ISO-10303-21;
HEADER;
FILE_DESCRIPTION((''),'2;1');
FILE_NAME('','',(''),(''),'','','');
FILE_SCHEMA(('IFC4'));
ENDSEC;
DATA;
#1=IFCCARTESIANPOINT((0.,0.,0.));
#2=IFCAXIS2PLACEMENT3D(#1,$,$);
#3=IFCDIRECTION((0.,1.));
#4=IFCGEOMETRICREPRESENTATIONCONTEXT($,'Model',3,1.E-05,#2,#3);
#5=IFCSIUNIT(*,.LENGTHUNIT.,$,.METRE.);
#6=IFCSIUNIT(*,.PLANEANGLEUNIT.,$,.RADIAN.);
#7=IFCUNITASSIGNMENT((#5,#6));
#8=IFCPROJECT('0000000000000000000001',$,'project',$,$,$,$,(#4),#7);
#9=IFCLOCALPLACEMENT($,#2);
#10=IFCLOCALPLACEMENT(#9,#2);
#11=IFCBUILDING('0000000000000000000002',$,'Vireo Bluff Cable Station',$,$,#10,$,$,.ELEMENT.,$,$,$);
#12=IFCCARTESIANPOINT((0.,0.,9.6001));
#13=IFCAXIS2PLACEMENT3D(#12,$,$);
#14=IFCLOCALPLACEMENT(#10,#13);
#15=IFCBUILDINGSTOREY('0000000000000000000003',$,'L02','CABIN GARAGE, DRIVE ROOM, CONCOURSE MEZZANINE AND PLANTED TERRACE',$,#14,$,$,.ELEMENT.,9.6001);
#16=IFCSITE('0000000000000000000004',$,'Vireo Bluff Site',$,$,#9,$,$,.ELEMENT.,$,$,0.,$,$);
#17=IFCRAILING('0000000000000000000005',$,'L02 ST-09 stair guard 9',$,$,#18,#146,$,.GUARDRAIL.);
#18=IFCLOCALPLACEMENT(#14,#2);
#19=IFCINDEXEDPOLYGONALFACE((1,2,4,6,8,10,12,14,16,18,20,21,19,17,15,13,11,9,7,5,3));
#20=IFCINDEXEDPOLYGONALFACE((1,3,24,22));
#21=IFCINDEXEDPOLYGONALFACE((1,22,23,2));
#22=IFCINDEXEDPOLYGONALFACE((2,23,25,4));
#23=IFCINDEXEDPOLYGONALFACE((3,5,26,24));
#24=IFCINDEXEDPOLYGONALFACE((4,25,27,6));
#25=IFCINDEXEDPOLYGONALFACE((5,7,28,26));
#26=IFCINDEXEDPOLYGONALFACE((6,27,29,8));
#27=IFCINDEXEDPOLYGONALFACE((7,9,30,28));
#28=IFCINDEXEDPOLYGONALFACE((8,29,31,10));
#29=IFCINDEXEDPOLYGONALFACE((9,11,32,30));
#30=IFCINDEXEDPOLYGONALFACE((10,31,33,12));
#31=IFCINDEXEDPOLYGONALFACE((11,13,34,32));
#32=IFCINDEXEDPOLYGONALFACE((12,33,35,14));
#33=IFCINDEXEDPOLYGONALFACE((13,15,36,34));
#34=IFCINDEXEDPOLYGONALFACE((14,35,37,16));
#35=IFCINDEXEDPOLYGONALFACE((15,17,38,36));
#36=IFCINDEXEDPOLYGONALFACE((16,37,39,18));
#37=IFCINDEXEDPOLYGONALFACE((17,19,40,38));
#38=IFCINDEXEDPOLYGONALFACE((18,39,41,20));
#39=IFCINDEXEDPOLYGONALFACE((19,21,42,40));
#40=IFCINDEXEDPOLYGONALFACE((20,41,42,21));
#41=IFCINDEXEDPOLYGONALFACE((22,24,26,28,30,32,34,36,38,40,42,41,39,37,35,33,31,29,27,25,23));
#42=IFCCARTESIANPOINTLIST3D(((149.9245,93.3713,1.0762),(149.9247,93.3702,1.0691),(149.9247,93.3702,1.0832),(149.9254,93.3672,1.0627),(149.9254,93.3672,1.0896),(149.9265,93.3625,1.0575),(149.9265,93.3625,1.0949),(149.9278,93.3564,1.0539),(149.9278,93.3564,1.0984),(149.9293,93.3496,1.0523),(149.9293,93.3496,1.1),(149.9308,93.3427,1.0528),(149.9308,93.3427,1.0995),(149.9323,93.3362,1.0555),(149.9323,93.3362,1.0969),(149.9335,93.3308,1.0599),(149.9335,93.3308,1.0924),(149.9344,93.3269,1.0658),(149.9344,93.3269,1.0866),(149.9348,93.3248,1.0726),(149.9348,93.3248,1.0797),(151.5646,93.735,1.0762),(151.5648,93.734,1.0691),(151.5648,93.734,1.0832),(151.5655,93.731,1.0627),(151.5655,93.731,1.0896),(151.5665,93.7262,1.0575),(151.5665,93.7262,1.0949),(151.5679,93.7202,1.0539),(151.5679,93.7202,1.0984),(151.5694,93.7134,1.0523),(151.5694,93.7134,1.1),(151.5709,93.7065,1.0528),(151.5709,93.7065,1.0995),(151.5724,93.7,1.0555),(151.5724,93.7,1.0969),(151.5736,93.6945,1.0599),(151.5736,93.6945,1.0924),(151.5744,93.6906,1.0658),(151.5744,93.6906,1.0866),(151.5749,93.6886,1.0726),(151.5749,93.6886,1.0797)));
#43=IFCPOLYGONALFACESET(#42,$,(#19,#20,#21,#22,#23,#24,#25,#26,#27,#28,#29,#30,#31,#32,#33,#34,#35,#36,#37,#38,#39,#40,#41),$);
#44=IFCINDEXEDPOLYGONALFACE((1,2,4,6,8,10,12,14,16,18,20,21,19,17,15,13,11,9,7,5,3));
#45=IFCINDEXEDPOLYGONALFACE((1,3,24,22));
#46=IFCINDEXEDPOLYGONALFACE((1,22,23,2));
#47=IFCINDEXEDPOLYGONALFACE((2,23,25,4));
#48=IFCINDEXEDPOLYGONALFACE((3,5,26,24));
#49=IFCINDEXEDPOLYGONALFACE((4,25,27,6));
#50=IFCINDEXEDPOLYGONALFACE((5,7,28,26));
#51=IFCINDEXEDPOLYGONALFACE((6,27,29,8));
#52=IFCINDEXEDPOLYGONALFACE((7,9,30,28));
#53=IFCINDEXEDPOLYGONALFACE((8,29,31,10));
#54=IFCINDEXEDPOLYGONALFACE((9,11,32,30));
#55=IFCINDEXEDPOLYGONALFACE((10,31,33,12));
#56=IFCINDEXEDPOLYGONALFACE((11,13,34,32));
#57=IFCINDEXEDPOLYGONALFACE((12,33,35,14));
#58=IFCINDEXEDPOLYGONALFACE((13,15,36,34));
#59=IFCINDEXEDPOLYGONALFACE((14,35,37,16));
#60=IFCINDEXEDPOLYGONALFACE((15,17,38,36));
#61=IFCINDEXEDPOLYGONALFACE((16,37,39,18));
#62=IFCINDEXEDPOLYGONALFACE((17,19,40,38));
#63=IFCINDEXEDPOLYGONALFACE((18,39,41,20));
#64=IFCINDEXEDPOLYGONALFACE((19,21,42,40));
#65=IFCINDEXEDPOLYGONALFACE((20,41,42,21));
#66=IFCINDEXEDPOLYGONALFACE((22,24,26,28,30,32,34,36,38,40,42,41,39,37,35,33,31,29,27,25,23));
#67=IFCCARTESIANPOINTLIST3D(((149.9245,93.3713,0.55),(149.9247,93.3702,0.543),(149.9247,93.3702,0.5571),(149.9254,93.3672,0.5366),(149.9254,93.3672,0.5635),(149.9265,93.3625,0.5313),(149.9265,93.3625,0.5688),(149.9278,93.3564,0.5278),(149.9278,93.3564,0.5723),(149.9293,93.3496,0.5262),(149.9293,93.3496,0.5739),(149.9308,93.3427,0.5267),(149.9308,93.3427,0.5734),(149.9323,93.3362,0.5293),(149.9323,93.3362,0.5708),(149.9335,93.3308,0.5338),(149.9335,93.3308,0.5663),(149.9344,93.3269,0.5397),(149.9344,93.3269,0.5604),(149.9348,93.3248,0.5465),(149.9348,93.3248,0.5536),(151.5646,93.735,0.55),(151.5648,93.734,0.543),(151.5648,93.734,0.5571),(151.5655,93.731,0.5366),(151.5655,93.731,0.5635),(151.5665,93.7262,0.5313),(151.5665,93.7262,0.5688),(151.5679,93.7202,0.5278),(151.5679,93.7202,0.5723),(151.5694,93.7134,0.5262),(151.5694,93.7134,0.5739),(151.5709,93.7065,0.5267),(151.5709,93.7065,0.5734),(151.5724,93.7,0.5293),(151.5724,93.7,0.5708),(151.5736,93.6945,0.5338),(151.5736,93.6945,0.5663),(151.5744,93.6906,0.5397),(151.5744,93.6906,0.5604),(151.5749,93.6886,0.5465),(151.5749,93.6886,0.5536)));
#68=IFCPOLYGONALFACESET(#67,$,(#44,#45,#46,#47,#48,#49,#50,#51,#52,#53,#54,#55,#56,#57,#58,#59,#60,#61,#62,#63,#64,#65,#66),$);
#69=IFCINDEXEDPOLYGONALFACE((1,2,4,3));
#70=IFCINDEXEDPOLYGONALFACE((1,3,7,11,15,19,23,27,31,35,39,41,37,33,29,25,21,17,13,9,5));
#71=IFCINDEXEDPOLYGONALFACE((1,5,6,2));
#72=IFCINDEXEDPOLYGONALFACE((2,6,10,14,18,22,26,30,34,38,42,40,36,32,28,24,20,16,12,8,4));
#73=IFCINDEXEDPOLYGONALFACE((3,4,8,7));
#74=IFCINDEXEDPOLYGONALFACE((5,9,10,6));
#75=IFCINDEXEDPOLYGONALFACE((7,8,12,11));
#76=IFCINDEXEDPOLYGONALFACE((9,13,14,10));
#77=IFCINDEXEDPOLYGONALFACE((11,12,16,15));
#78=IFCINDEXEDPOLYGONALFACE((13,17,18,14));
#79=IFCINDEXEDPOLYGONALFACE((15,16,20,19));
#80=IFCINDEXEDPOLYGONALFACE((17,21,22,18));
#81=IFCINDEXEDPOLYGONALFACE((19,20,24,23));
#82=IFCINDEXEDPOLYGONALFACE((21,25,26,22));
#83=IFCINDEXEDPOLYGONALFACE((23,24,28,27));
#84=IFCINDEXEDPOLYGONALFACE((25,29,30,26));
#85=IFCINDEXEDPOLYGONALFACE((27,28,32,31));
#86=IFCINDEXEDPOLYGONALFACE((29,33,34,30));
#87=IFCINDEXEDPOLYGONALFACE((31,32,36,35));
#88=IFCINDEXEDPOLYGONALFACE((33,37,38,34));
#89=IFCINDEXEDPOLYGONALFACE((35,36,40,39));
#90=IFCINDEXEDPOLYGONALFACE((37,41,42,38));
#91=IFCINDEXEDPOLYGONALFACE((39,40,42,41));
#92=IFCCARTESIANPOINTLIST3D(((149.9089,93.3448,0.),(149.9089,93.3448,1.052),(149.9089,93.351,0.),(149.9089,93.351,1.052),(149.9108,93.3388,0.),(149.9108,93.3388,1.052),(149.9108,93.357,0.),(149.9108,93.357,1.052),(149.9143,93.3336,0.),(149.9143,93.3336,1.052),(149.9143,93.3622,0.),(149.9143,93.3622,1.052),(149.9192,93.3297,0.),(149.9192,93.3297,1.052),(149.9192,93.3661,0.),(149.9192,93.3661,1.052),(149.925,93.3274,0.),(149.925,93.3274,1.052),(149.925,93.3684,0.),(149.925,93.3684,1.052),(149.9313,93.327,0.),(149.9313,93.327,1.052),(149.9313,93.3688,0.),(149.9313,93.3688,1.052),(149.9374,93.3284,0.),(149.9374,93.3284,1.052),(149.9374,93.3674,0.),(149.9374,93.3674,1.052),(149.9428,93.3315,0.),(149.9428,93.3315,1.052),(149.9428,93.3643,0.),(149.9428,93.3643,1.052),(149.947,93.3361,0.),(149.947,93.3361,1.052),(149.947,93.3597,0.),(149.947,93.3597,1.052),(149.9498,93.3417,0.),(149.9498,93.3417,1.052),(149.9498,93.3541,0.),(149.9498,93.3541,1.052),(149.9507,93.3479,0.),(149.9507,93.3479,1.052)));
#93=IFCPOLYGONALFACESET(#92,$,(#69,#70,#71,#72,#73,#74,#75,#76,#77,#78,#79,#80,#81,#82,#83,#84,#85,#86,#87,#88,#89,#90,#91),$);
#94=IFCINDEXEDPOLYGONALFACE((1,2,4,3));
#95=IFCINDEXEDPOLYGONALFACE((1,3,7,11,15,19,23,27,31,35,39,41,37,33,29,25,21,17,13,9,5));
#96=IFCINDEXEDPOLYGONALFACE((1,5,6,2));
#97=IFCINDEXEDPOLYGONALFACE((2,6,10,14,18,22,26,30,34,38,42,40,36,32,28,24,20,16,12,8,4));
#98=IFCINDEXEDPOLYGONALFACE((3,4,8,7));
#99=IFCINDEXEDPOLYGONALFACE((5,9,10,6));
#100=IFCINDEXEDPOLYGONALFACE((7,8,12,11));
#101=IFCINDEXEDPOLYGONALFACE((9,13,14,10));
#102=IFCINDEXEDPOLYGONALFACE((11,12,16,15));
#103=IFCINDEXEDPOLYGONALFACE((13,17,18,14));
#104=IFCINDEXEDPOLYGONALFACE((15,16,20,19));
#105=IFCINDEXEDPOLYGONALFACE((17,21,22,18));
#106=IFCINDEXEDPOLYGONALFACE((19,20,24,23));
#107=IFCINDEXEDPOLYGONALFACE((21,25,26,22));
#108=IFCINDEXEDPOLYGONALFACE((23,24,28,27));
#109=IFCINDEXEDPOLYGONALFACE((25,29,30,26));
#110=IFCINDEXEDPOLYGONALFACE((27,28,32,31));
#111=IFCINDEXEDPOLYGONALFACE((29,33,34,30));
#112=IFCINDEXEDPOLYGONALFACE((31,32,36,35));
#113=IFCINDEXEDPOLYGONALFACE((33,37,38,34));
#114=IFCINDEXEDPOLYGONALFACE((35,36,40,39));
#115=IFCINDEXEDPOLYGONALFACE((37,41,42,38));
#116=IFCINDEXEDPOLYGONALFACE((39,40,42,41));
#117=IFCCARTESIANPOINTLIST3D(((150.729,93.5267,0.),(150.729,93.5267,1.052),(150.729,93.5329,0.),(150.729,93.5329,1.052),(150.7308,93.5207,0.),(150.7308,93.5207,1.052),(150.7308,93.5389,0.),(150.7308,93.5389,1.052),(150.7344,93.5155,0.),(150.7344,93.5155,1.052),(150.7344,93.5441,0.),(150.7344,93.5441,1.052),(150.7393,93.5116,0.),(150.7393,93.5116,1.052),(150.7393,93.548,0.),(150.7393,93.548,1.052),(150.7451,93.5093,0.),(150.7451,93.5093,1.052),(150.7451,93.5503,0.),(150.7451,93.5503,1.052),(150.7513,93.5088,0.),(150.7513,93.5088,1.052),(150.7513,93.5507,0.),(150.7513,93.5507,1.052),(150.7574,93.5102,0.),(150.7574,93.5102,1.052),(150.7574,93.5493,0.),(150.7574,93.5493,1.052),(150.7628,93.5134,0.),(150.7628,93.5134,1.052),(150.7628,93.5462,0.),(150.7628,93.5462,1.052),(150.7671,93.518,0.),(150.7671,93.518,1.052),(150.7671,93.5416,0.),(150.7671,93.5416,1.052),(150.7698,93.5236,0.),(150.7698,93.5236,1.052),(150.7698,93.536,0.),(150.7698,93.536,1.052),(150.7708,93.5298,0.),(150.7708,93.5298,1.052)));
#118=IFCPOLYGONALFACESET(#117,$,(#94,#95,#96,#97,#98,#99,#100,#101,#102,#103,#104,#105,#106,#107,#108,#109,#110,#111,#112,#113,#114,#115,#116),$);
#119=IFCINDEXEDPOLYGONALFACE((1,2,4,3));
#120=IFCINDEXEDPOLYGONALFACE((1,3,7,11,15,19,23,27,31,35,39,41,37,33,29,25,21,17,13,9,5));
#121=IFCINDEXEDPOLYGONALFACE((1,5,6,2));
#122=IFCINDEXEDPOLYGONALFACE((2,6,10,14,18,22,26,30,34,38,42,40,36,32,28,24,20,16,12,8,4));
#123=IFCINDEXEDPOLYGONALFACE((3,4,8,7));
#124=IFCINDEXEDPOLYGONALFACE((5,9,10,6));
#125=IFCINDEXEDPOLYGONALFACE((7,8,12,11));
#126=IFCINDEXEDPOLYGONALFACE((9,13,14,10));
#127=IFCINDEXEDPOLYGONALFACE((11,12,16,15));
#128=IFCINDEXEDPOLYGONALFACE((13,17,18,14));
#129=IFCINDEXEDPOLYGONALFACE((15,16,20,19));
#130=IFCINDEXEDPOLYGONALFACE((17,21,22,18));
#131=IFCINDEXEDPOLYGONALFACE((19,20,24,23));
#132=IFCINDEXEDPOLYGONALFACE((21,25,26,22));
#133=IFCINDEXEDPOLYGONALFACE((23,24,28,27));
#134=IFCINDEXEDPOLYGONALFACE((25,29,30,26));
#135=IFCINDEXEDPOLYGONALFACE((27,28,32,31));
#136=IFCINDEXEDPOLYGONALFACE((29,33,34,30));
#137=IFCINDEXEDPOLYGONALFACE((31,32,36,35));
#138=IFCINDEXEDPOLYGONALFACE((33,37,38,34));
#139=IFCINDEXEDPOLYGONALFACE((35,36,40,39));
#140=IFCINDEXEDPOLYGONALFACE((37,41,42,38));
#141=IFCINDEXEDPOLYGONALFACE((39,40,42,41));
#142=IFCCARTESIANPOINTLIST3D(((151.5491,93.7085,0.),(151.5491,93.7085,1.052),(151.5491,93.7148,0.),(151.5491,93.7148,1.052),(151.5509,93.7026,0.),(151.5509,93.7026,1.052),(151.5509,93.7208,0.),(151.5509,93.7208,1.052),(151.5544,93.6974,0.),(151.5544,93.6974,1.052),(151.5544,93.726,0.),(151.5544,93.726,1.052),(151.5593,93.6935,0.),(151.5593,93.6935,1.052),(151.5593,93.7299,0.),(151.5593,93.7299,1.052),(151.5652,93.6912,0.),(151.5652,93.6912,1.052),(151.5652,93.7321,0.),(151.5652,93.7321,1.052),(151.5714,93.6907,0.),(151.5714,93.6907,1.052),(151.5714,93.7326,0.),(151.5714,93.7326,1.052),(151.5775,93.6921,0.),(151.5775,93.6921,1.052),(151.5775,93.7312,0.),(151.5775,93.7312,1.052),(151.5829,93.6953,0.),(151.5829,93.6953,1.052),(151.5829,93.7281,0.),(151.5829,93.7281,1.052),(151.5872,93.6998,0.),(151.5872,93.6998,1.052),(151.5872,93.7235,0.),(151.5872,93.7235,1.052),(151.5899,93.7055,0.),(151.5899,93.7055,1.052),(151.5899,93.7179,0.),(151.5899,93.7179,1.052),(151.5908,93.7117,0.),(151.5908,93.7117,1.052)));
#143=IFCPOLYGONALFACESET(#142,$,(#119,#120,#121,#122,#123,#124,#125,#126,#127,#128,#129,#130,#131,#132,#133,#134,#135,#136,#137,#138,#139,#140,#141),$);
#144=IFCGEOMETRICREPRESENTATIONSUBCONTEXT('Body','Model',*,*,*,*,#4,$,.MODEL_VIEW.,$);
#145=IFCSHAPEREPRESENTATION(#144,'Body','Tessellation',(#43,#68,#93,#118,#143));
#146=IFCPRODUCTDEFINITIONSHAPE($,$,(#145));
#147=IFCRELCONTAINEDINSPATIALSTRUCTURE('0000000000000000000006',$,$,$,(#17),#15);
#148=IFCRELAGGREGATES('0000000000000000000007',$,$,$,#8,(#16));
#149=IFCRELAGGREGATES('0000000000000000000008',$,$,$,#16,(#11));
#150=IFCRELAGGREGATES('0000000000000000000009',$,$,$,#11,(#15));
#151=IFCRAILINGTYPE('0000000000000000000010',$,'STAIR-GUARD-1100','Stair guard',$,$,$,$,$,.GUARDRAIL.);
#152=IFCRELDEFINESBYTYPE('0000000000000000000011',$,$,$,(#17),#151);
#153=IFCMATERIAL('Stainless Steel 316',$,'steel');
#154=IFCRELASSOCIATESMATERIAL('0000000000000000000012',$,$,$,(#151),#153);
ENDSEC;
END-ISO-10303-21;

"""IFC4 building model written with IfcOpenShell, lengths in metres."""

from ifc_helpers import new_model, si_unit, direction, frame, origin, origin_2d, place, context, subcontext, project, spatial, circle, extrude, material, type_object, element, save


model = new_model("IFC4")

# Units and contexts
model_context = context("Model", 3, precision=1e-05, world=origin(), true_north=direction((0.0, 1.0)))
body_context = subcontext(model_context, "Body", "Model", "MODEL_VIEW")
ifc_project = project(units=[si_unit("LENGTHUNIT", "METRE"), si_unit("PLANEANGLEUNIT", "RADIAN")], contexts=[model_context])

# Site, building, storey
site_placement = place(None, origin())
site = spatial("IfcSite", under=ifc_project, at=site_placement, Name="Vireo Bluff Site", CompositionType="ELEMENT", RefElevation=0.0)
building_placement = place(site_placement, origin())
building = spatial("IfcBuilding", under=site, at=building_placement, Name="Vireo Bluff Cable Station", CompositionType="ELEMENT")
storey_placement = place(building_placement, frame((0.0, 0.0, 9.6001)))
storey = spatial("IfcBuildingStorey", under=building, at=storey_placement, Name="L02", Description="CABIN GARAGE, DRIVE ROOM, CONCOURSE MEZZANINE AND PLANTED TERRACE", CompositionType="ELEMENT", Elevation=9.6001)

# Shared definitions
ifc_material_1 = material(Name="Stainless Steel 316", Category="steel")

# Railing
railing_type = type_object("IfcRailingType", Name="STAIR-GUARD-1100", Description="Stair guard", PredefinedType="GUARDRAIL", material=ifc_material_1)
railing_1_placement = place(storey_placement, frame((149.9297, 93.3479, 0.0)))
element("IfcRailing", 1, at=railing_1_placement, inside=storey, type_object=railing_type, Name="L02 ST-09 stair guard 9", PredefinedType="GUARDRAIL", context=body_context, shape_type="SweptSolid", body=[
    extrude(circle(Radius=0.0239, at=origin_2d()), frame((0.0, 0.0, 1.0762), z_axis=(0.976276, 0.21653, 0.0), x_axis=(-0.21653, 0.976276, 0.0)), (0.0, 0.0, 1.0), 1.6799),
    extrude(circle(Radius=0.0239, at=origin_2d()), frame((0.0, 0.0, 0.55), z_axis=(0.976276, 0.21653, 0.0), x_axis=(-0.21653, 0.976276, 0.0)), (0.0, 0.0, 1.0), 1.6799),
    extrude(circle(Radius=0.021, at=origin_2d()), origin(), (0.0, 0.0, 1.0), 1.052),
    extrude(circle(Radius=0.021, at=origin_2d()), frame((0.8201, 0.1819, 0.0)), (0.0, 0.0, 1.0), 1.052),
    extrude(circle(Radius=0.021, at=origin_2d()), frame((1.6401, 0.3638, 0.0)), (0.0, 0.0, 1.0), 1.052),
])

save(model, "model.ifc")
